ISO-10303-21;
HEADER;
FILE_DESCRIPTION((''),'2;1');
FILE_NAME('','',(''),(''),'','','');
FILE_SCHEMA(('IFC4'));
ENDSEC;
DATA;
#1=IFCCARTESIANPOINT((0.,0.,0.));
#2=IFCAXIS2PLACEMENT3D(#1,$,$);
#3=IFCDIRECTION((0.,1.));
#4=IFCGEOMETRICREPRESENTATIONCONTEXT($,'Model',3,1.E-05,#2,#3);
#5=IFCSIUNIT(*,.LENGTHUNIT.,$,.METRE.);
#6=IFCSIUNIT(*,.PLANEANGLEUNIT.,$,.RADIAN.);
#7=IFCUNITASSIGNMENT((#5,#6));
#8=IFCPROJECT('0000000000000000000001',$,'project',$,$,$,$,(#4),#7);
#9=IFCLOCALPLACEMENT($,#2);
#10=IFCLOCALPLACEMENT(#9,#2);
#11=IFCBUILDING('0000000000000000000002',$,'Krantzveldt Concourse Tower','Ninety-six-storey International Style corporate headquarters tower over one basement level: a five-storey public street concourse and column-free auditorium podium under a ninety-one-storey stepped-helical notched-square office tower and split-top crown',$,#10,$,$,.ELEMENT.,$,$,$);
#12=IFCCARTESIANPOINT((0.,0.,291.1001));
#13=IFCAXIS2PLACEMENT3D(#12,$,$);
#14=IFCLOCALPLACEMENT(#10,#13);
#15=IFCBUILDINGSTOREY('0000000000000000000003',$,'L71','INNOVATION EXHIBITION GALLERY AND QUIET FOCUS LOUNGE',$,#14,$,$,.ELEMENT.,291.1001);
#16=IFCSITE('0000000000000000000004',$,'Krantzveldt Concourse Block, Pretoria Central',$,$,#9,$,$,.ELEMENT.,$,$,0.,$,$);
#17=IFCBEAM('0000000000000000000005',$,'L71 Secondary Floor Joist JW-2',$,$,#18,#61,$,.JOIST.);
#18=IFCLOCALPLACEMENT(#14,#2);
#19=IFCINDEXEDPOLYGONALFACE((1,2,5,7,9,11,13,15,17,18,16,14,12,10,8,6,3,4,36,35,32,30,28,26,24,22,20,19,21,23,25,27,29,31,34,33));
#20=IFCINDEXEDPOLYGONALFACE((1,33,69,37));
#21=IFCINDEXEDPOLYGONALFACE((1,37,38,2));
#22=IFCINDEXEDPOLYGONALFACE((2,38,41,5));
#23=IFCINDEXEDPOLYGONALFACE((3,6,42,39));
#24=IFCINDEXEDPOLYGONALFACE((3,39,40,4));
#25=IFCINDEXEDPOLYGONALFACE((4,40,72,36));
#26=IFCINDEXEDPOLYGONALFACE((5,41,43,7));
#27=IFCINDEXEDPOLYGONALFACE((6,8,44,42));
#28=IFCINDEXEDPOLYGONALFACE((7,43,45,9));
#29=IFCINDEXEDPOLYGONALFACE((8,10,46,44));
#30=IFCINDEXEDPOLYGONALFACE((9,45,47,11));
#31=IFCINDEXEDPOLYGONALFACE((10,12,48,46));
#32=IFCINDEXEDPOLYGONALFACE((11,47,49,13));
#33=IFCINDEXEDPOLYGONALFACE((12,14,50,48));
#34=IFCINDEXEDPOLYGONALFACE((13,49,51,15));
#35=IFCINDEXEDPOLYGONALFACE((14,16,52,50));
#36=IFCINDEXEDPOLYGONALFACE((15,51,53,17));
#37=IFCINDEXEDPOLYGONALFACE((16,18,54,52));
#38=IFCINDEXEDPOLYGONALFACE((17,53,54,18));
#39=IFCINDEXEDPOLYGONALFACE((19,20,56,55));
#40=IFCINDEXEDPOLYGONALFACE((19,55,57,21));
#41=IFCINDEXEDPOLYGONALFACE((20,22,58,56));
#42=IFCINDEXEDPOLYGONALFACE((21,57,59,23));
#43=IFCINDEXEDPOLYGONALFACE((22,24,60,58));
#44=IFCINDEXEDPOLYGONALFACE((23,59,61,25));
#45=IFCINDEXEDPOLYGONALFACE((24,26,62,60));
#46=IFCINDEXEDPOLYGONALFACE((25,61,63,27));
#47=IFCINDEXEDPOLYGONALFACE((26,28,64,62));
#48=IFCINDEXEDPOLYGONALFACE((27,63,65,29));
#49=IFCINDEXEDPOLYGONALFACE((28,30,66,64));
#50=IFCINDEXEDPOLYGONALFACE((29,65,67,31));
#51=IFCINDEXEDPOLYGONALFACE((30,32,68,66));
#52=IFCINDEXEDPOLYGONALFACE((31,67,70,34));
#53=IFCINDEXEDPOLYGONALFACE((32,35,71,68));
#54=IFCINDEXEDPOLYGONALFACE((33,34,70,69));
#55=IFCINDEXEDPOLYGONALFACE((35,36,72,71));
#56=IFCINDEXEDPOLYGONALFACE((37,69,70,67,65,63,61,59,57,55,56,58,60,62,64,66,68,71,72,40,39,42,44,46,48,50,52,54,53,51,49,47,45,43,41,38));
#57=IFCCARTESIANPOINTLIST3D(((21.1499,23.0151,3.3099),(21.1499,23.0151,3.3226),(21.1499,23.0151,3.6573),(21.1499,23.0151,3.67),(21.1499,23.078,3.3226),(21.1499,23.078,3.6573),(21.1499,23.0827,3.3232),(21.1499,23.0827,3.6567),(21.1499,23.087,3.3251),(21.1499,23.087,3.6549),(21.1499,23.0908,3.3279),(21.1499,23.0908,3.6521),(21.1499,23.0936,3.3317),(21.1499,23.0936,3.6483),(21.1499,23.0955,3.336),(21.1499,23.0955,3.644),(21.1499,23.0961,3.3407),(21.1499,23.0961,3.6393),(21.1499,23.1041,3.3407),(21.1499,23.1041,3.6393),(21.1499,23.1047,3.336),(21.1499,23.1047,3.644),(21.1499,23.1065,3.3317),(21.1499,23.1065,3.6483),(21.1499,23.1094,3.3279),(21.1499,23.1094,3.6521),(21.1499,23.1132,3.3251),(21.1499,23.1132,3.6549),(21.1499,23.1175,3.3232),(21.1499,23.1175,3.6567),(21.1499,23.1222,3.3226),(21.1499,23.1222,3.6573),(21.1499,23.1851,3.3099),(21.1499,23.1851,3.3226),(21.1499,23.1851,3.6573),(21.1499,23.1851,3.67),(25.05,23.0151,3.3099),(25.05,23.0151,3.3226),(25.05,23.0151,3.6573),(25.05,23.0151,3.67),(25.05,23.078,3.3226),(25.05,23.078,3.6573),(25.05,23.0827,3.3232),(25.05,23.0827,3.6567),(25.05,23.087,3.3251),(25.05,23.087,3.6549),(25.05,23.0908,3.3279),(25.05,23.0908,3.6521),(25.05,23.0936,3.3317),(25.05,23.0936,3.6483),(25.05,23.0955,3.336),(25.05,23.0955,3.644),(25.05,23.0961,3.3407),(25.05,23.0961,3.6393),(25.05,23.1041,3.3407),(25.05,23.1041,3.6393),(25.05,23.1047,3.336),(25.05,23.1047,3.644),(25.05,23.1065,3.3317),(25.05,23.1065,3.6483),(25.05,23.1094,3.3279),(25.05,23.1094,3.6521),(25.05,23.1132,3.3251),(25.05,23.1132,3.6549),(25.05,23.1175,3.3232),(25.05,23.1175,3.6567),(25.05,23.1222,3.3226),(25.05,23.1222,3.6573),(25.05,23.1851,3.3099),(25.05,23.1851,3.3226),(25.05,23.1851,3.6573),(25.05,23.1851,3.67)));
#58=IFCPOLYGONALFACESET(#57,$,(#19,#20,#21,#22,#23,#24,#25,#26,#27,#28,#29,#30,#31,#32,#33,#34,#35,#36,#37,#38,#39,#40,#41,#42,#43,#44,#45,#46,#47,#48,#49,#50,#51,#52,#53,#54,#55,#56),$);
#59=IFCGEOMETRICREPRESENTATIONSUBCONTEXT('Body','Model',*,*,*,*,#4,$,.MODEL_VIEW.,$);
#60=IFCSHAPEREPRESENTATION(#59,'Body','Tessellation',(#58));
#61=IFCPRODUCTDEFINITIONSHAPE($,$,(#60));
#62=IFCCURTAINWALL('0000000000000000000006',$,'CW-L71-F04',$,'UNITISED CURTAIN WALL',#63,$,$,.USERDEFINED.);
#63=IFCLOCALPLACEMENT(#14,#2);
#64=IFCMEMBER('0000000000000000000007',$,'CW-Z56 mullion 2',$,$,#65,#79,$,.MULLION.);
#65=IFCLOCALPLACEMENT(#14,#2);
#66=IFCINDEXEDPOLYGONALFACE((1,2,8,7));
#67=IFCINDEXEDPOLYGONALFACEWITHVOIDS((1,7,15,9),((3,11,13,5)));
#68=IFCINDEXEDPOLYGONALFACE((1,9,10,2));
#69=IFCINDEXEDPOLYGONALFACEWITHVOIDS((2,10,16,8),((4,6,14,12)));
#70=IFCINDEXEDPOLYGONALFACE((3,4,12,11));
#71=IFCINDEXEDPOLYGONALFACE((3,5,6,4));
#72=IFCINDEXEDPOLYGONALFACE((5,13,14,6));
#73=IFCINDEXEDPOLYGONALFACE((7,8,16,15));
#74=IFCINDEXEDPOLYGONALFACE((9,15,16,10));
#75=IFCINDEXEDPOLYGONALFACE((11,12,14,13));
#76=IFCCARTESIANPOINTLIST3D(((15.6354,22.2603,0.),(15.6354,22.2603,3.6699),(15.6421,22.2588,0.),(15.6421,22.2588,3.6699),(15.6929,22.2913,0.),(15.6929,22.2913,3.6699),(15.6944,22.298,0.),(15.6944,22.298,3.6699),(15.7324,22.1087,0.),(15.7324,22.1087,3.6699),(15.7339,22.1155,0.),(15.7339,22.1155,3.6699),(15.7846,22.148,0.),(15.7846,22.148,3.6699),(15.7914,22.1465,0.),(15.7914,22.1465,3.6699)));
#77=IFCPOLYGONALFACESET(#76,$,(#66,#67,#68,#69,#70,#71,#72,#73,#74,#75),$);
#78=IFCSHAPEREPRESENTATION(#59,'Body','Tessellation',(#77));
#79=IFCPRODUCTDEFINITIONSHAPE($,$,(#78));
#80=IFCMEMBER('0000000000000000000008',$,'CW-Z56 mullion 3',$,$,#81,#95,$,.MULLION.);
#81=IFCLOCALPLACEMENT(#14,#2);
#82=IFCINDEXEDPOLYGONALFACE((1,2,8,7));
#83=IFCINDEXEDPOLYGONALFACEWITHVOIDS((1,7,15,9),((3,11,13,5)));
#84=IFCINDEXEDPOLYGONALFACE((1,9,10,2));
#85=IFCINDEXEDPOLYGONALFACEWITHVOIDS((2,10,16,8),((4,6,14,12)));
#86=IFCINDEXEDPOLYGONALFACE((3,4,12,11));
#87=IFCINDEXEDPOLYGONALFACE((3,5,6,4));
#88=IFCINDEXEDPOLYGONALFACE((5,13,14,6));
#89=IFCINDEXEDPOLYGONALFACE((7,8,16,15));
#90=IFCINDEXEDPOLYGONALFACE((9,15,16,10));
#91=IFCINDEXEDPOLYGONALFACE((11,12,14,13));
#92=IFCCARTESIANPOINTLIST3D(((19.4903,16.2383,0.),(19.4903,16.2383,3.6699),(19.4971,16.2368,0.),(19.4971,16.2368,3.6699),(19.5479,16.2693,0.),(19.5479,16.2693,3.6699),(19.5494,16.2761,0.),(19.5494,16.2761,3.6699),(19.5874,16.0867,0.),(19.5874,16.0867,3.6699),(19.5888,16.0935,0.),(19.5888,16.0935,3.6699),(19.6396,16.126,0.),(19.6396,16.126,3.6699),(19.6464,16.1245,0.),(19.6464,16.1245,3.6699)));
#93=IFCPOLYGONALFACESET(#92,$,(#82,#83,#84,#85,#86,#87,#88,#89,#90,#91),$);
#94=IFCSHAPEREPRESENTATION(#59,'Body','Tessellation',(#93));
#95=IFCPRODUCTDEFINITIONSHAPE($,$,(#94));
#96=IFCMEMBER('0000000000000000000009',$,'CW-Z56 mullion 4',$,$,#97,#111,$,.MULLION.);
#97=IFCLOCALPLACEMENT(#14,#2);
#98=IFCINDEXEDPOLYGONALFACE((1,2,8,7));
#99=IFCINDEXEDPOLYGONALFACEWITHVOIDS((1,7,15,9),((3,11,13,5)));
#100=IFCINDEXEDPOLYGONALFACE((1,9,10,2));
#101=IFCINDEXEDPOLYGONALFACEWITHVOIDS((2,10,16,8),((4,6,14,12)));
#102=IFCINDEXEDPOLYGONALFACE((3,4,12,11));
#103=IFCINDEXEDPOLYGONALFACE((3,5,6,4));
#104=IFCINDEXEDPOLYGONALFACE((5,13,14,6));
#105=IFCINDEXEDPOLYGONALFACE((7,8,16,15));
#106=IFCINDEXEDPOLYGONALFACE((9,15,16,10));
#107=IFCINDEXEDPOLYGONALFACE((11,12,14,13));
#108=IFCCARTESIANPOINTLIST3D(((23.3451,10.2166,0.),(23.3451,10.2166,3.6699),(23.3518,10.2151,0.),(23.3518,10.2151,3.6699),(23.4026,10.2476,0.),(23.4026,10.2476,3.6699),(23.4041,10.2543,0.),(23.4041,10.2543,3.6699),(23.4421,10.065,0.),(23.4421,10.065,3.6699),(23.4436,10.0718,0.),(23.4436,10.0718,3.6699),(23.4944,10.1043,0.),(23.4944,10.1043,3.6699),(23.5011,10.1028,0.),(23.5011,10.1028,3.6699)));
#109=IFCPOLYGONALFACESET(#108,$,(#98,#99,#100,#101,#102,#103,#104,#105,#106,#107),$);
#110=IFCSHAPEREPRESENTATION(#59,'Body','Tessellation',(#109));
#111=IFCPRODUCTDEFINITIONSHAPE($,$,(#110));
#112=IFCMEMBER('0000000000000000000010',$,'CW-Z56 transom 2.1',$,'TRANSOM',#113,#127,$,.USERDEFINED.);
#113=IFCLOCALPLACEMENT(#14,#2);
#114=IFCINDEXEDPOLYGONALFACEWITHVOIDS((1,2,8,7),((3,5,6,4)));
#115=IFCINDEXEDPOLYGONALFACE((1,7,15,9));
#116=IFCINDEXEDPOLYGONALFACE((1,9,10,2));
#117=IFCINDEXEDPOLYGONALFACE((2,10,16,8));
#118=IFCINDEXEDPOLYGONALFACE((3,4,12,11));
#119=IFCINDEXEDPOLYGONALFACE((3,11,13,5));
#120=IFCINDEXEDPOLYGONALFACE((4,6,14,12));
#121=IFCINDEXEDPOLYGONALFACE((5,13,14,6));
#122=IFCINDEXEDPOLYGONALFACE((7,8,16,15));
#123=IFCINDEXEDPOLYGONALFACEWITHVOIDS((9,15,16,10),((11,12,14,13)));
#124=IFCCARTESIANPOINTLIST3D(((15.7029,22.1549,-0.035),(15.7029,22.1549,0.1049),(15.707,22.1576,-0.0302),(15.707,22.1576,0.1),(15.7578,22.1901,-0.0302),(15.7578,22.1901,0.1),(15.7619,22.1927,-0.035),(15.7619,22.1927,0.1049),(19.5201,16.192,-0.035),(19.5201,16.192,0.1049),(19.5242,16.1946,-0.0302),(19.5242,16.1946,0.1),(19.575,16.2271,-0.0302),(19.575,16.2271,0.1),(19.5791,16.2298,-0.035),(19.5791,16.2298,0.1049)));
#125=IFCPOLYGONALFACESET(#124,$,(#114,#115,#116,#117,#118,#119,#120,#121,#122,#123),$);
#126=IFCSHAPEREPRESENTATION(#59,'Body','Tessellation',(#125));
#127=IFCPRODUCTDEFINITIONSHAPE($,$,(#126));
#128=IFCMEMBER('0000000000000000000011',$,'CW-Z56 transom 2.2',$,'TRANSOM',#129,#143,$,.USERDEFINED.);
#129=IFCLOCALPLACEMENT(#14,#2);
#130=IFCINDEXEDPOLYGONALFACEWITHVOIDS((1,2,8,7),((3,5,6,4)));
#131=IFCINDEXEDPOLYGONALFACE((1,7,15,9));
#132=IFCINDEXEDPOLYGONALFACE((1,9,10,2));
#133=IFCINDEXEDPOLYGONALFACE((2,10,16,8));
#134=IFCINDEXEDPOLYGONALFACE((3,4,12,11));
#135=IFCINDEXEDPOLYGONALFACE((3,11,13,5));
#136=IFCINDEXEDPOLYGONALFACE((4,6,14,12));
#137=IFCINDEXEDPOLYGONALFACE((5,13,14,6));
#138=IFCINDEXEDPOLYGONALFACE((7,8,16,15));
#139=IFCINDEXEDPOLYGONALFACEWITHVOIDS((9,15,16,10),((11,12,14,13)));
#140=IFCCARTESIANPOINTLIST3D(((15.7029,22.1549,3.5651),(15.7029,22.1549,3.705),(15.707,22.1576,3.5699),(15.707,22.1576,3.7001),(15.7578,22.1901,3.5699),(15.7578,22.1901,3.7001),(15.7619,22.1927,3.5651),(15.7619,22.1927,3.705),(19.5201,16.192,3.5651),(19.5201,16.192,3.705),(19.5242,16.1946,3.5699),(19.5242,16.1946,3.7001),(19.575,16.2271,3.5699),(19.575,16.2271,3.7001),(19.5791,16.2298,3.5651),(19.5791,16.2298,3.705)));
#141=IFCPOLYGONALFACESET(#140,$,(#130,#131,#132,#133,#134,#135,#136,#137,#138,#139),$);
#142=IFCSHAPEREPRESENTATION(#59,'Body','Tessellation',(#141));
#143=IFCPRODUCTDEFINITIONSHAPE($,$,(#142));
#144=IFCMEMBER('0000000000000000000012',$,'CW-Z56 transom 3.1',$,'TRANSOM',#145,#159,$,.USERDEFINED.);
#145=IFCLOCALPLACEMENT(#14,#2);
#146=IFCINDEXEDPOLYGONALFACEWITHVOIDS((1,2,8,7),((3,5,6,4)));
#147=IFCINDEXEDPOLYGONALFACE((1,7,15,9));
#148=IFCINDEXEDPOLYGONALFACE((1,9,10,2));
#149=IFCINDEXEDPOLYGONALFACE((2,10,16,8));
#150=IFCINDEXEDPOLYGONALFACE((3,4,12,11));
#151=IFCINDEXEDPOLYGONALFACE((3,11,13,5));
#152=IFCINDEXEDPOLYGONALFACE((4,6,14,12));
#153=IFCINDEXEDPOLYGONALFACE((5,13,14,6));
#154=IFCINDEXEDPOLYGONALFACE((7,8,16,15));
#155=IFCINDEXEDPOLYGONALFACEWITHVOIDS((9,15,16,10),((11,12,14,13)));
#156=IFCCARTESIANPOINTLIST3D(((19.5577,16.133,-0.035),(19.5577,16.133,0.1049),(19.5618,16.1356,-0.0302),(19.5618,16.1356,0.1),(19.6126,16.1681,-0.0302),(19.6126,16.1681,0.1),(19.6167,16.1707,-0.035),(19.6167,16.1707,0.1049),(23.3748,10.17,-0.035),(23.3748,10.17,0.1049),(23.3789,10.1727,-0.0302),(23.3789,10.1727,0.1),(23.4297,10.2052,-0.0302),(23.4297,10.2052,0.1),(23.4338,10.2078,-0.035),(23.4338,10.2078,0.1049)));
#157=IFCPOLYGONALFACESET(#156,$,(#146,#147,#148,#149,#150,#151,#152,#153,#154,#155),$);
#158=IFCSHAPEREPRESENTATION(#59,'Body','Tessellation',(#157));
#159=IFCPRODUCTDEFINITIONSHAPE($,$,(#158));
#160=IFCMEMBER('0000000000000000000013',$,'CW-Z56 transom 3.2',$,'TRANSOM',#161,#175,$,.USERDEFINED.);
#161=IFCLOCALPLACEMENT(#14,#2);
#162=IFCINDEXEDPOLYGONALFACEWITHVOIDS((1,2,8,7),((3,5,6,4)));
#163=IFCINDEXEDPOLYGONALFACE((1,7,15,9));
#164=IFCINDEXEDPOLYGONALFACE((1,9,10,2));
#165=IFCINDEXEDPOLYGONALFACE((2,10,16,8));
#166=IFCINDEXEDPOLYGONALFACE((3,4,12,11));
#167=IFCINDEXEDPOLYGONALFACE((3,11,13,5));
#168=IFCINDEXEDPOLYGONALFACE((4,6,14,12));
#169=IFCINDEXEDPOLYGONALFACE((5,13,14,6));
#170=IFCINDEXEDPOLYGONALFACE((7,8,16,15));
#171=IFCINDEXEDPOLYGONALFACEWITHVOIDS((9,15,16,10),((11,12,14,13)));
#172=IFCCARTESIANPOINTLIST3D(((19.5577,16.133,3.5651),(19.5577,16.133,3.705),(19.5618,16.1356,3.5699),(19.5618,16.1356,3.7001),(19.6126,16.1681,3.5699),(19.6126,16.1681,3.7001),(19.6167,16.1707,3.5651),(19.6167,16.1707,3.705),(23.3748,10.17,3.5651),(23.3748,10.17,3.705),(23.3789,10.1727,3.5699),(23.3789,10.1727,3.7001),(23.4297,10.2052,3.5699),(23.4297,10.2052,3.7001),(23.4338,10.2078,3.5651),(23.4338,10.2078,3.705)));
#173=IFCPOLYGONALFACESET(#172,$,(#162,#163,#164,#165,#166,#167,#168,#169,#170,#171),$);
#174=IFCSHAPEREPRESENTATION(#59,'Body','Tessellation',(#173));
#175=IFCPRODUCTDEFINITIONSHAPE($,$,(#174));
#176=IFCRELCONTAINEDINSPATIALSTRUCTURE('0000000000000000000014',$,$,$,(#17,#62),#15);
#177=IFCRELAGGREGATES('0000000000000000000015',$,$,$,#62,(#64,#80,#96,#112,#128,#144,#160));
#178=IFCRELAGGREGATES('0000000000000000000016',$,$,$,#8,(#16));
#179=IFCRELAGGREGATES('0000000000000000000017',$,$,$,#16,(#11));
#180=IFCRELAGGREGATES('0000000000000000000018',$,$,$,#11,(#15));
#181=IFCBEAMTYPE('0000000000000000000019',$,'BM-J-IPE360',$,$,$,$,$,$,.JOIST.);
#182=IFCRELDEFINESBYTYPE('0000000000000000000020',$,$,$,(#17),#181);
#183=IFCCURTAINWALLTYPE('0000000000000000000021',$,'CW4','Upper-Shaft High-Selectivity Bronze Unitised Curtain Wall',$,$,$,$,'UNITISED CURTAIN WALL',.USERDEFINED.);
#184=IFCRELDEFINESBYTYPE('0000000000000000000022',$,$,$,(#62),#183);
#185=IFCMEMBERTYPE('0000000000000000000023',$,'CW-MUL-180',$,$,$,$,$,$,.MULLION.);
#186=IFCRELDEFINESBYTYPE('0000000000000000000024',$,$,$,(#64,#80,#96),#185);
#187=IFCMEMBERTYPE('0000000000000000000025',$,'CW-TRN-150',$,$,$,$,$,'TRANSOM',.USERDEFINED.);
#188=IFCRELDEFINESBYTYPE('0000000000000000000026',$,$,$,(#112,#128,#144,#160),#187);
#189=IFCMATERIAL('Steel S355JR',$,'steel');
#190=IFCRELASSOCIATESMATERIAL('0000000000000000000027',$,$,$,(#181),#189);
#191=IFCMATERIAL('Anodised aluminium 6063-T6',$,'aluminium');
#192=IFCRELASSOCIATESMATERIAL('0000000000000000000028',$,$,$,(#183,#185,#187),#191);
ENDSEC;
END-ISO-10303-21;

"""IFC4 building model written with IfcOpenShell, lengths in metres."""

from ifc_helpers import new_model, si_unit, direction, frame, origin, origin_2d, place, context, subcontext, project, spatial, hollow_rectangle, i_section, extrude, source, transform, mapped, material, material_profile, profile_set, type_object, type_shapes, element, aggregate, save


model = new_model("IFC4")

# Units and contexts
model_context = context("Model", 3, precision=1e-05, world=origin(), true_north=direction((0.0, 1.0)))
body_context = subcontext(model_context, "Body", "Model", "MODEL_VIEW")
ifc_project = project(units=[si_unit("LENGTHUNIT", "METRE"), si_unit("PLANEANGLEUNIT", "RADIAN")], contexts=[model_context])

# Site, building, storey
site_placement = place(None, origin())
site = spatial("IfcSite", under=ifc_project, at=site_placement, Name="Krantzveldt Concourse Block, Pretoria Central", CompositionType="ELEMENT", RefElevation=0.0)
building_placement = place(site_placement, origin())
building = spatial("IfcBuilding", under=site, at=building_placement, Name="Krantzveldt Concourse Tower", Description="Ninety-six-storey International Style corporate headquarters tower over one basement level: a five-storey public street concourse and column-free auditorium podium under a ninety-one-storey stepped-helical notched-square office tower and split-top crown", CompositionType="ELEMENT")
storey_placement = place(building_placement, frame((0.0, 0.0, 291.1001)))
storey = spatial("IfcBuildingStorey", under=building, at=storey_placement, Name="L71", Description="INNOVATION EXHIBITION GALLERY AND QUIET FOCUS LOUNGE", CompositionType="ELEMENT", Elevation=291.1001)

# Beam
ifc_material_1 = material(Name="Steel S355JR", Category="steel")
ifc_material_profile_1 = material_profile(ifc_material_1, i_section(OverallWidth=0.1699, OverallDepth=0.3601, WebThickness=0.0081, FlangeThickness=0.0127, FilletRadius=0.0181, at=origin_2d()), Name="Steel S355JR", Category="steel")
ifc_profile_set_1 = profile_set([ifc_material_profile_1], Name="Steel S355JR - IPE 360")
beam_type_1 = type_object("IfcBeamType", Name="BM-J-IPE360", PredefinedType="JOIST", material=ifc_profile_set_1)
shared_shape_1 = source(origin(), body_context, "Body", "SweptSolid", [
    extrude(i_section(OverallWidth=0.1699, OverallDepth=0.3601, WebThickness=0.0081, FlangeThickness=0.0127, FilletRadius=0.0181, at=origin_2d()), origin(), (0.0, 0.0, 1.0), 3.9001),
])
type_shapes(beam_type_1, [shared_shape_1])
for number, where, z_axis, x_axis, name in (
    (1, (21.1499, 23.1001, 3.49), (1.0, 0.0, 0.0), (0.0, 1.0, 0.0), "L71 Secondary Floor Joist JW-2"),
):
    element("IfcBeam", number, at=place(storey_placement, frame(where, z_axis=z_axis, x_axis=x_axis)), inside=storey, type_object=beam_type_1, Name=name, PredefinedType="JOIST", context=body_context, shape_type="MappedRepresentation", body=[
        mapped(shared_shape_1, transform((0.0, 0.0, 0.0), x_axis=(1.0, 0.0, 0.0), y_axis=(0.0, 1.0, 0.0), z_axis=(0.0, 0.0, 1.0), scale=1.0)),
    ])

# Curtain wall, members
ifc_material_2 = material(Name="Anodised aluminium 6063-T6", Category="aluminium")
curtain_wall_type = type_object("IfcCurtainWallType", Name="CW4", Description="Upper-Shaft High-Selectivity Bronze Unitised Curtain Wall", ElementType="UNITISED CURTAIN WALL", PredefinedType="USERDEFINED", material=ifc_material_2)
curtain_wall_placement = place(storey_placement, origin())
curtain_wall = element("IfcCurtainWall", 2, at=curtain_wall_placement, inside=storey, type_object=curtain_wall_type, Name="CW-L71-F04", ObjectType="UNITISED CURTAIN WALL", PredefinedType="USERDEFINED")
ifc_material_profile_2 = material_profile(ifc_material_2, hollow_rectangle(XDim=0.0701, YDim=0.1799, WallThickness=0.0049, at=origin_2d()), Name="Anodised aluminium 6063-T6", Category="aluminium")
ifc_profile_set_2 = profile_set([ifc_material_profile_2], Name="Anodised aluminium 6063-T6 - ALU-MULL 180x70x5")
member_type_1 = type_object("IfcMemberType", Name="CW-MUL-180", PredefinedType="MULLION", material=ifc_profile_set_2)
shared_shape_2 = source(origin(), body_context, "Body", "SweptSolid", [
    extrude(hollow_rectangle(XDim=0.0701, YDim=0.1799, WallThickness=0.0049, at=origin_2d()), origin(), (0.0, 0.0, 1.0), 3.6699),
])
type_shapes(member_type_1, [shared_shape_2])
member_1_placement = place(storey_placement, frame((15.7134, 22.2034, 0.0), z_axis=(0.0, 0.0, 1.0), x_axis=(0.842217, 0.539138, 0.0)))
member_1 = element("IfcMember", 3, at=member_1_placement, type_object=member_type_1, Name="CW-Z56 mullion 2", PredefinedType="MULLION", context=body_context, shape_type="MappedRepresentation", body=[
    mapped(shared_shape_2, transform((0.0, 0.0, 0.0), x_axis=(1.0, 0.0, 0.0), y_axis=(0.0, 1.0, 0.0), z_axis=(0.0, 0.0, 1.0), scale=1.0)),
])
member_2_placement = place(storey_placement, frame((19.5684, 16.1814, 0.0), z_axis=(0.0, 0.0, 1.0), x_axis=(0.842217, 0.539138, 0.0)))
member_2 = element("IfcMember", 4, at=member_2_placement, type_object=member_type_1, Name="CW-Z56 mullion 3", PredefinedType="MULLION", context=body_context, shape_type="MappedRepresentation", body=[
    mapped(shared_shape_2, transform((0.0, 0.0, 0.0), x_axis=(1.0, 0.0, 0.0), y_axis=(0.0, 1.0, 0.0), z_axis=(0.0, 0.0, 1.0), scale=1.0)),
])
member_3_placement = place(storey_placement, frame((23.4231, 10.1597, 0.0), z_axis=(0.0, 0.0, 1.0), x_axis=(0.842217, 0.539138, 0.0)))
member_3 = element("IfcMember", 5, at=member_3_placement, type_object=member_type_1, Name="CW-Z56 mullion 4", PredefinedType="MULLION", context=body_context, shape_type="MappedRepresentation", body=[
    mapped(shared_shape_2, transform((0.0, 0.0, 0.0), x_axis=(1.0, 0.0, 0.0), y_axis=(0.0, 1.0, 0.0), z_axis=(0.0, 0.0, 1.0), scale=1.0)),
])
ifc_material_profile_3 = material_profile(ifc_material_2, hollow_rectangle(XDim=0.0701, YDim=0.1399, WallThickness=0.0049, at=origin_2d()), Name="Anodised aluminium 6063-T6", Category="aluminium")
ifc_profile_set_3 = profile_set([ifc_material_profile_3], Name="Anodised aluminium 6063-T6 - ALU-TRAN 140x70x5")
member_type_2 = type_object("IfcMemberType", Name="CW-TRN-150", ElementType="TRANSOM", PredefinedType="USERDEFINED", material=ifc_profile_set_3)
shared_shape_3 = source(origin(), body_context, "Body", "SweptSolid", [
    extrude(hollow_rectangle(XDim=0.0701, YDim=0.1399, WallThickness=0.0049, at=origin_2d()), origin(), (0.0, 0.0, 1.0), 7.0801),
])
member_4_placement = place(storey_placement, frame((15.7324, 22.1738, 0.0349), z_axis=(0.539143, -0.842214, 0.0), x_axis=(0.842214, 0.539143, 0.0)))
member_4 = element("IfcMember", 6, at=member_4_placement, type_object=member_type_2, Name="CW-Z56 transom 2.1", ObjectType="TRANSOM", PredefinedType="USERDEFINED", context=body_context, shape_type="MappedRepresentation", body=[
    mapped(shared_shape_3, transform((0.0, 0.0, 0.0), x_axis=(1.0, 0.0, 0.0), y_axis=(0.0, 1.0, 0.0), z_axis=(0.0, 0.0, 1.0), scale=1.0)),
])
member_5_placement = place(storey_placement, frame((15.7324, 22.1738, 3.635), z_axis=(0.539143, -0.842214, 0.0), x_axis=(0.842214, 0.539143, 0.0)))
member_5 = element("IfcMember", 7, at=member_5_placement, type_object=member_type_2, Name="CW-Z56 transom 2.2", ObjectType="TRANSOM", PredefinedType="USERDEFINED", context=body_context, shape_type="MappedRepresentation", body=[
    mapped(shared_shape_3, transform((0.0, 0.0, 0.0), x_axis=(1.0, 0.0, 0.0), y_axis=(0.0, 1.0, 0.0), z_axis=(0.0, 0.0, 1.0), scale=1.0)),
])
member_6_placement = place(storey_placement, frame((19.5872, 16.1519, 0.0349), z_axis=(0.539143, -0.842214, 0.0), x_axis=(0.842214, 0.539143, 0.0)))
member_6 = element("IfcMember", 8, at=member_6_placement, type_object=member_type_2, Name="CW-Z56 transom 3.1", ObjectType="TRANSOM", PredefinedType="USERDEFINED", context=body_context, shape_type="MappedRepresentation", body=[
    mapped(shared_shape_3, transform((0.0, 0.0, 0.0), x_axis=(1.0, 0.0, 0.0), y_axis=(0.0, 1.0, 0.0), z_axis=(0.0, 0.0, 1.0), scale=1.0)),
])
member_7_placement = place(storey_placement, frame((19.5872, 16.1519, 3.635), z_axis=(0.539143, -0.842214, 0.0), x_axis=(0.842214, 0.539143, 0.0)))
member_7 = element("IfcMember", 9, at=member_7_placement, type_object=member_type_2, Name="CW-Z56 transom 3.2", ObjectType="TRANSOM", PredefinedType="USERDEFINED", context=body_context, shape_type="MappedRepresentation", body=[
    mapped(shared_shape_3, transform((0.0, 0.0, 0.0), x_axis=(1.0, 0.0, 0.0), y_axis=(0.0, 1.0, 0.0), z_axis=(0.0, 0.0, 1.0), scale=1.0)),
])

aggregate(curtain_wall, [member_1, member_2, member_3, member_4, member_5, member_6, member_7])

save(model, "model.ifc")
